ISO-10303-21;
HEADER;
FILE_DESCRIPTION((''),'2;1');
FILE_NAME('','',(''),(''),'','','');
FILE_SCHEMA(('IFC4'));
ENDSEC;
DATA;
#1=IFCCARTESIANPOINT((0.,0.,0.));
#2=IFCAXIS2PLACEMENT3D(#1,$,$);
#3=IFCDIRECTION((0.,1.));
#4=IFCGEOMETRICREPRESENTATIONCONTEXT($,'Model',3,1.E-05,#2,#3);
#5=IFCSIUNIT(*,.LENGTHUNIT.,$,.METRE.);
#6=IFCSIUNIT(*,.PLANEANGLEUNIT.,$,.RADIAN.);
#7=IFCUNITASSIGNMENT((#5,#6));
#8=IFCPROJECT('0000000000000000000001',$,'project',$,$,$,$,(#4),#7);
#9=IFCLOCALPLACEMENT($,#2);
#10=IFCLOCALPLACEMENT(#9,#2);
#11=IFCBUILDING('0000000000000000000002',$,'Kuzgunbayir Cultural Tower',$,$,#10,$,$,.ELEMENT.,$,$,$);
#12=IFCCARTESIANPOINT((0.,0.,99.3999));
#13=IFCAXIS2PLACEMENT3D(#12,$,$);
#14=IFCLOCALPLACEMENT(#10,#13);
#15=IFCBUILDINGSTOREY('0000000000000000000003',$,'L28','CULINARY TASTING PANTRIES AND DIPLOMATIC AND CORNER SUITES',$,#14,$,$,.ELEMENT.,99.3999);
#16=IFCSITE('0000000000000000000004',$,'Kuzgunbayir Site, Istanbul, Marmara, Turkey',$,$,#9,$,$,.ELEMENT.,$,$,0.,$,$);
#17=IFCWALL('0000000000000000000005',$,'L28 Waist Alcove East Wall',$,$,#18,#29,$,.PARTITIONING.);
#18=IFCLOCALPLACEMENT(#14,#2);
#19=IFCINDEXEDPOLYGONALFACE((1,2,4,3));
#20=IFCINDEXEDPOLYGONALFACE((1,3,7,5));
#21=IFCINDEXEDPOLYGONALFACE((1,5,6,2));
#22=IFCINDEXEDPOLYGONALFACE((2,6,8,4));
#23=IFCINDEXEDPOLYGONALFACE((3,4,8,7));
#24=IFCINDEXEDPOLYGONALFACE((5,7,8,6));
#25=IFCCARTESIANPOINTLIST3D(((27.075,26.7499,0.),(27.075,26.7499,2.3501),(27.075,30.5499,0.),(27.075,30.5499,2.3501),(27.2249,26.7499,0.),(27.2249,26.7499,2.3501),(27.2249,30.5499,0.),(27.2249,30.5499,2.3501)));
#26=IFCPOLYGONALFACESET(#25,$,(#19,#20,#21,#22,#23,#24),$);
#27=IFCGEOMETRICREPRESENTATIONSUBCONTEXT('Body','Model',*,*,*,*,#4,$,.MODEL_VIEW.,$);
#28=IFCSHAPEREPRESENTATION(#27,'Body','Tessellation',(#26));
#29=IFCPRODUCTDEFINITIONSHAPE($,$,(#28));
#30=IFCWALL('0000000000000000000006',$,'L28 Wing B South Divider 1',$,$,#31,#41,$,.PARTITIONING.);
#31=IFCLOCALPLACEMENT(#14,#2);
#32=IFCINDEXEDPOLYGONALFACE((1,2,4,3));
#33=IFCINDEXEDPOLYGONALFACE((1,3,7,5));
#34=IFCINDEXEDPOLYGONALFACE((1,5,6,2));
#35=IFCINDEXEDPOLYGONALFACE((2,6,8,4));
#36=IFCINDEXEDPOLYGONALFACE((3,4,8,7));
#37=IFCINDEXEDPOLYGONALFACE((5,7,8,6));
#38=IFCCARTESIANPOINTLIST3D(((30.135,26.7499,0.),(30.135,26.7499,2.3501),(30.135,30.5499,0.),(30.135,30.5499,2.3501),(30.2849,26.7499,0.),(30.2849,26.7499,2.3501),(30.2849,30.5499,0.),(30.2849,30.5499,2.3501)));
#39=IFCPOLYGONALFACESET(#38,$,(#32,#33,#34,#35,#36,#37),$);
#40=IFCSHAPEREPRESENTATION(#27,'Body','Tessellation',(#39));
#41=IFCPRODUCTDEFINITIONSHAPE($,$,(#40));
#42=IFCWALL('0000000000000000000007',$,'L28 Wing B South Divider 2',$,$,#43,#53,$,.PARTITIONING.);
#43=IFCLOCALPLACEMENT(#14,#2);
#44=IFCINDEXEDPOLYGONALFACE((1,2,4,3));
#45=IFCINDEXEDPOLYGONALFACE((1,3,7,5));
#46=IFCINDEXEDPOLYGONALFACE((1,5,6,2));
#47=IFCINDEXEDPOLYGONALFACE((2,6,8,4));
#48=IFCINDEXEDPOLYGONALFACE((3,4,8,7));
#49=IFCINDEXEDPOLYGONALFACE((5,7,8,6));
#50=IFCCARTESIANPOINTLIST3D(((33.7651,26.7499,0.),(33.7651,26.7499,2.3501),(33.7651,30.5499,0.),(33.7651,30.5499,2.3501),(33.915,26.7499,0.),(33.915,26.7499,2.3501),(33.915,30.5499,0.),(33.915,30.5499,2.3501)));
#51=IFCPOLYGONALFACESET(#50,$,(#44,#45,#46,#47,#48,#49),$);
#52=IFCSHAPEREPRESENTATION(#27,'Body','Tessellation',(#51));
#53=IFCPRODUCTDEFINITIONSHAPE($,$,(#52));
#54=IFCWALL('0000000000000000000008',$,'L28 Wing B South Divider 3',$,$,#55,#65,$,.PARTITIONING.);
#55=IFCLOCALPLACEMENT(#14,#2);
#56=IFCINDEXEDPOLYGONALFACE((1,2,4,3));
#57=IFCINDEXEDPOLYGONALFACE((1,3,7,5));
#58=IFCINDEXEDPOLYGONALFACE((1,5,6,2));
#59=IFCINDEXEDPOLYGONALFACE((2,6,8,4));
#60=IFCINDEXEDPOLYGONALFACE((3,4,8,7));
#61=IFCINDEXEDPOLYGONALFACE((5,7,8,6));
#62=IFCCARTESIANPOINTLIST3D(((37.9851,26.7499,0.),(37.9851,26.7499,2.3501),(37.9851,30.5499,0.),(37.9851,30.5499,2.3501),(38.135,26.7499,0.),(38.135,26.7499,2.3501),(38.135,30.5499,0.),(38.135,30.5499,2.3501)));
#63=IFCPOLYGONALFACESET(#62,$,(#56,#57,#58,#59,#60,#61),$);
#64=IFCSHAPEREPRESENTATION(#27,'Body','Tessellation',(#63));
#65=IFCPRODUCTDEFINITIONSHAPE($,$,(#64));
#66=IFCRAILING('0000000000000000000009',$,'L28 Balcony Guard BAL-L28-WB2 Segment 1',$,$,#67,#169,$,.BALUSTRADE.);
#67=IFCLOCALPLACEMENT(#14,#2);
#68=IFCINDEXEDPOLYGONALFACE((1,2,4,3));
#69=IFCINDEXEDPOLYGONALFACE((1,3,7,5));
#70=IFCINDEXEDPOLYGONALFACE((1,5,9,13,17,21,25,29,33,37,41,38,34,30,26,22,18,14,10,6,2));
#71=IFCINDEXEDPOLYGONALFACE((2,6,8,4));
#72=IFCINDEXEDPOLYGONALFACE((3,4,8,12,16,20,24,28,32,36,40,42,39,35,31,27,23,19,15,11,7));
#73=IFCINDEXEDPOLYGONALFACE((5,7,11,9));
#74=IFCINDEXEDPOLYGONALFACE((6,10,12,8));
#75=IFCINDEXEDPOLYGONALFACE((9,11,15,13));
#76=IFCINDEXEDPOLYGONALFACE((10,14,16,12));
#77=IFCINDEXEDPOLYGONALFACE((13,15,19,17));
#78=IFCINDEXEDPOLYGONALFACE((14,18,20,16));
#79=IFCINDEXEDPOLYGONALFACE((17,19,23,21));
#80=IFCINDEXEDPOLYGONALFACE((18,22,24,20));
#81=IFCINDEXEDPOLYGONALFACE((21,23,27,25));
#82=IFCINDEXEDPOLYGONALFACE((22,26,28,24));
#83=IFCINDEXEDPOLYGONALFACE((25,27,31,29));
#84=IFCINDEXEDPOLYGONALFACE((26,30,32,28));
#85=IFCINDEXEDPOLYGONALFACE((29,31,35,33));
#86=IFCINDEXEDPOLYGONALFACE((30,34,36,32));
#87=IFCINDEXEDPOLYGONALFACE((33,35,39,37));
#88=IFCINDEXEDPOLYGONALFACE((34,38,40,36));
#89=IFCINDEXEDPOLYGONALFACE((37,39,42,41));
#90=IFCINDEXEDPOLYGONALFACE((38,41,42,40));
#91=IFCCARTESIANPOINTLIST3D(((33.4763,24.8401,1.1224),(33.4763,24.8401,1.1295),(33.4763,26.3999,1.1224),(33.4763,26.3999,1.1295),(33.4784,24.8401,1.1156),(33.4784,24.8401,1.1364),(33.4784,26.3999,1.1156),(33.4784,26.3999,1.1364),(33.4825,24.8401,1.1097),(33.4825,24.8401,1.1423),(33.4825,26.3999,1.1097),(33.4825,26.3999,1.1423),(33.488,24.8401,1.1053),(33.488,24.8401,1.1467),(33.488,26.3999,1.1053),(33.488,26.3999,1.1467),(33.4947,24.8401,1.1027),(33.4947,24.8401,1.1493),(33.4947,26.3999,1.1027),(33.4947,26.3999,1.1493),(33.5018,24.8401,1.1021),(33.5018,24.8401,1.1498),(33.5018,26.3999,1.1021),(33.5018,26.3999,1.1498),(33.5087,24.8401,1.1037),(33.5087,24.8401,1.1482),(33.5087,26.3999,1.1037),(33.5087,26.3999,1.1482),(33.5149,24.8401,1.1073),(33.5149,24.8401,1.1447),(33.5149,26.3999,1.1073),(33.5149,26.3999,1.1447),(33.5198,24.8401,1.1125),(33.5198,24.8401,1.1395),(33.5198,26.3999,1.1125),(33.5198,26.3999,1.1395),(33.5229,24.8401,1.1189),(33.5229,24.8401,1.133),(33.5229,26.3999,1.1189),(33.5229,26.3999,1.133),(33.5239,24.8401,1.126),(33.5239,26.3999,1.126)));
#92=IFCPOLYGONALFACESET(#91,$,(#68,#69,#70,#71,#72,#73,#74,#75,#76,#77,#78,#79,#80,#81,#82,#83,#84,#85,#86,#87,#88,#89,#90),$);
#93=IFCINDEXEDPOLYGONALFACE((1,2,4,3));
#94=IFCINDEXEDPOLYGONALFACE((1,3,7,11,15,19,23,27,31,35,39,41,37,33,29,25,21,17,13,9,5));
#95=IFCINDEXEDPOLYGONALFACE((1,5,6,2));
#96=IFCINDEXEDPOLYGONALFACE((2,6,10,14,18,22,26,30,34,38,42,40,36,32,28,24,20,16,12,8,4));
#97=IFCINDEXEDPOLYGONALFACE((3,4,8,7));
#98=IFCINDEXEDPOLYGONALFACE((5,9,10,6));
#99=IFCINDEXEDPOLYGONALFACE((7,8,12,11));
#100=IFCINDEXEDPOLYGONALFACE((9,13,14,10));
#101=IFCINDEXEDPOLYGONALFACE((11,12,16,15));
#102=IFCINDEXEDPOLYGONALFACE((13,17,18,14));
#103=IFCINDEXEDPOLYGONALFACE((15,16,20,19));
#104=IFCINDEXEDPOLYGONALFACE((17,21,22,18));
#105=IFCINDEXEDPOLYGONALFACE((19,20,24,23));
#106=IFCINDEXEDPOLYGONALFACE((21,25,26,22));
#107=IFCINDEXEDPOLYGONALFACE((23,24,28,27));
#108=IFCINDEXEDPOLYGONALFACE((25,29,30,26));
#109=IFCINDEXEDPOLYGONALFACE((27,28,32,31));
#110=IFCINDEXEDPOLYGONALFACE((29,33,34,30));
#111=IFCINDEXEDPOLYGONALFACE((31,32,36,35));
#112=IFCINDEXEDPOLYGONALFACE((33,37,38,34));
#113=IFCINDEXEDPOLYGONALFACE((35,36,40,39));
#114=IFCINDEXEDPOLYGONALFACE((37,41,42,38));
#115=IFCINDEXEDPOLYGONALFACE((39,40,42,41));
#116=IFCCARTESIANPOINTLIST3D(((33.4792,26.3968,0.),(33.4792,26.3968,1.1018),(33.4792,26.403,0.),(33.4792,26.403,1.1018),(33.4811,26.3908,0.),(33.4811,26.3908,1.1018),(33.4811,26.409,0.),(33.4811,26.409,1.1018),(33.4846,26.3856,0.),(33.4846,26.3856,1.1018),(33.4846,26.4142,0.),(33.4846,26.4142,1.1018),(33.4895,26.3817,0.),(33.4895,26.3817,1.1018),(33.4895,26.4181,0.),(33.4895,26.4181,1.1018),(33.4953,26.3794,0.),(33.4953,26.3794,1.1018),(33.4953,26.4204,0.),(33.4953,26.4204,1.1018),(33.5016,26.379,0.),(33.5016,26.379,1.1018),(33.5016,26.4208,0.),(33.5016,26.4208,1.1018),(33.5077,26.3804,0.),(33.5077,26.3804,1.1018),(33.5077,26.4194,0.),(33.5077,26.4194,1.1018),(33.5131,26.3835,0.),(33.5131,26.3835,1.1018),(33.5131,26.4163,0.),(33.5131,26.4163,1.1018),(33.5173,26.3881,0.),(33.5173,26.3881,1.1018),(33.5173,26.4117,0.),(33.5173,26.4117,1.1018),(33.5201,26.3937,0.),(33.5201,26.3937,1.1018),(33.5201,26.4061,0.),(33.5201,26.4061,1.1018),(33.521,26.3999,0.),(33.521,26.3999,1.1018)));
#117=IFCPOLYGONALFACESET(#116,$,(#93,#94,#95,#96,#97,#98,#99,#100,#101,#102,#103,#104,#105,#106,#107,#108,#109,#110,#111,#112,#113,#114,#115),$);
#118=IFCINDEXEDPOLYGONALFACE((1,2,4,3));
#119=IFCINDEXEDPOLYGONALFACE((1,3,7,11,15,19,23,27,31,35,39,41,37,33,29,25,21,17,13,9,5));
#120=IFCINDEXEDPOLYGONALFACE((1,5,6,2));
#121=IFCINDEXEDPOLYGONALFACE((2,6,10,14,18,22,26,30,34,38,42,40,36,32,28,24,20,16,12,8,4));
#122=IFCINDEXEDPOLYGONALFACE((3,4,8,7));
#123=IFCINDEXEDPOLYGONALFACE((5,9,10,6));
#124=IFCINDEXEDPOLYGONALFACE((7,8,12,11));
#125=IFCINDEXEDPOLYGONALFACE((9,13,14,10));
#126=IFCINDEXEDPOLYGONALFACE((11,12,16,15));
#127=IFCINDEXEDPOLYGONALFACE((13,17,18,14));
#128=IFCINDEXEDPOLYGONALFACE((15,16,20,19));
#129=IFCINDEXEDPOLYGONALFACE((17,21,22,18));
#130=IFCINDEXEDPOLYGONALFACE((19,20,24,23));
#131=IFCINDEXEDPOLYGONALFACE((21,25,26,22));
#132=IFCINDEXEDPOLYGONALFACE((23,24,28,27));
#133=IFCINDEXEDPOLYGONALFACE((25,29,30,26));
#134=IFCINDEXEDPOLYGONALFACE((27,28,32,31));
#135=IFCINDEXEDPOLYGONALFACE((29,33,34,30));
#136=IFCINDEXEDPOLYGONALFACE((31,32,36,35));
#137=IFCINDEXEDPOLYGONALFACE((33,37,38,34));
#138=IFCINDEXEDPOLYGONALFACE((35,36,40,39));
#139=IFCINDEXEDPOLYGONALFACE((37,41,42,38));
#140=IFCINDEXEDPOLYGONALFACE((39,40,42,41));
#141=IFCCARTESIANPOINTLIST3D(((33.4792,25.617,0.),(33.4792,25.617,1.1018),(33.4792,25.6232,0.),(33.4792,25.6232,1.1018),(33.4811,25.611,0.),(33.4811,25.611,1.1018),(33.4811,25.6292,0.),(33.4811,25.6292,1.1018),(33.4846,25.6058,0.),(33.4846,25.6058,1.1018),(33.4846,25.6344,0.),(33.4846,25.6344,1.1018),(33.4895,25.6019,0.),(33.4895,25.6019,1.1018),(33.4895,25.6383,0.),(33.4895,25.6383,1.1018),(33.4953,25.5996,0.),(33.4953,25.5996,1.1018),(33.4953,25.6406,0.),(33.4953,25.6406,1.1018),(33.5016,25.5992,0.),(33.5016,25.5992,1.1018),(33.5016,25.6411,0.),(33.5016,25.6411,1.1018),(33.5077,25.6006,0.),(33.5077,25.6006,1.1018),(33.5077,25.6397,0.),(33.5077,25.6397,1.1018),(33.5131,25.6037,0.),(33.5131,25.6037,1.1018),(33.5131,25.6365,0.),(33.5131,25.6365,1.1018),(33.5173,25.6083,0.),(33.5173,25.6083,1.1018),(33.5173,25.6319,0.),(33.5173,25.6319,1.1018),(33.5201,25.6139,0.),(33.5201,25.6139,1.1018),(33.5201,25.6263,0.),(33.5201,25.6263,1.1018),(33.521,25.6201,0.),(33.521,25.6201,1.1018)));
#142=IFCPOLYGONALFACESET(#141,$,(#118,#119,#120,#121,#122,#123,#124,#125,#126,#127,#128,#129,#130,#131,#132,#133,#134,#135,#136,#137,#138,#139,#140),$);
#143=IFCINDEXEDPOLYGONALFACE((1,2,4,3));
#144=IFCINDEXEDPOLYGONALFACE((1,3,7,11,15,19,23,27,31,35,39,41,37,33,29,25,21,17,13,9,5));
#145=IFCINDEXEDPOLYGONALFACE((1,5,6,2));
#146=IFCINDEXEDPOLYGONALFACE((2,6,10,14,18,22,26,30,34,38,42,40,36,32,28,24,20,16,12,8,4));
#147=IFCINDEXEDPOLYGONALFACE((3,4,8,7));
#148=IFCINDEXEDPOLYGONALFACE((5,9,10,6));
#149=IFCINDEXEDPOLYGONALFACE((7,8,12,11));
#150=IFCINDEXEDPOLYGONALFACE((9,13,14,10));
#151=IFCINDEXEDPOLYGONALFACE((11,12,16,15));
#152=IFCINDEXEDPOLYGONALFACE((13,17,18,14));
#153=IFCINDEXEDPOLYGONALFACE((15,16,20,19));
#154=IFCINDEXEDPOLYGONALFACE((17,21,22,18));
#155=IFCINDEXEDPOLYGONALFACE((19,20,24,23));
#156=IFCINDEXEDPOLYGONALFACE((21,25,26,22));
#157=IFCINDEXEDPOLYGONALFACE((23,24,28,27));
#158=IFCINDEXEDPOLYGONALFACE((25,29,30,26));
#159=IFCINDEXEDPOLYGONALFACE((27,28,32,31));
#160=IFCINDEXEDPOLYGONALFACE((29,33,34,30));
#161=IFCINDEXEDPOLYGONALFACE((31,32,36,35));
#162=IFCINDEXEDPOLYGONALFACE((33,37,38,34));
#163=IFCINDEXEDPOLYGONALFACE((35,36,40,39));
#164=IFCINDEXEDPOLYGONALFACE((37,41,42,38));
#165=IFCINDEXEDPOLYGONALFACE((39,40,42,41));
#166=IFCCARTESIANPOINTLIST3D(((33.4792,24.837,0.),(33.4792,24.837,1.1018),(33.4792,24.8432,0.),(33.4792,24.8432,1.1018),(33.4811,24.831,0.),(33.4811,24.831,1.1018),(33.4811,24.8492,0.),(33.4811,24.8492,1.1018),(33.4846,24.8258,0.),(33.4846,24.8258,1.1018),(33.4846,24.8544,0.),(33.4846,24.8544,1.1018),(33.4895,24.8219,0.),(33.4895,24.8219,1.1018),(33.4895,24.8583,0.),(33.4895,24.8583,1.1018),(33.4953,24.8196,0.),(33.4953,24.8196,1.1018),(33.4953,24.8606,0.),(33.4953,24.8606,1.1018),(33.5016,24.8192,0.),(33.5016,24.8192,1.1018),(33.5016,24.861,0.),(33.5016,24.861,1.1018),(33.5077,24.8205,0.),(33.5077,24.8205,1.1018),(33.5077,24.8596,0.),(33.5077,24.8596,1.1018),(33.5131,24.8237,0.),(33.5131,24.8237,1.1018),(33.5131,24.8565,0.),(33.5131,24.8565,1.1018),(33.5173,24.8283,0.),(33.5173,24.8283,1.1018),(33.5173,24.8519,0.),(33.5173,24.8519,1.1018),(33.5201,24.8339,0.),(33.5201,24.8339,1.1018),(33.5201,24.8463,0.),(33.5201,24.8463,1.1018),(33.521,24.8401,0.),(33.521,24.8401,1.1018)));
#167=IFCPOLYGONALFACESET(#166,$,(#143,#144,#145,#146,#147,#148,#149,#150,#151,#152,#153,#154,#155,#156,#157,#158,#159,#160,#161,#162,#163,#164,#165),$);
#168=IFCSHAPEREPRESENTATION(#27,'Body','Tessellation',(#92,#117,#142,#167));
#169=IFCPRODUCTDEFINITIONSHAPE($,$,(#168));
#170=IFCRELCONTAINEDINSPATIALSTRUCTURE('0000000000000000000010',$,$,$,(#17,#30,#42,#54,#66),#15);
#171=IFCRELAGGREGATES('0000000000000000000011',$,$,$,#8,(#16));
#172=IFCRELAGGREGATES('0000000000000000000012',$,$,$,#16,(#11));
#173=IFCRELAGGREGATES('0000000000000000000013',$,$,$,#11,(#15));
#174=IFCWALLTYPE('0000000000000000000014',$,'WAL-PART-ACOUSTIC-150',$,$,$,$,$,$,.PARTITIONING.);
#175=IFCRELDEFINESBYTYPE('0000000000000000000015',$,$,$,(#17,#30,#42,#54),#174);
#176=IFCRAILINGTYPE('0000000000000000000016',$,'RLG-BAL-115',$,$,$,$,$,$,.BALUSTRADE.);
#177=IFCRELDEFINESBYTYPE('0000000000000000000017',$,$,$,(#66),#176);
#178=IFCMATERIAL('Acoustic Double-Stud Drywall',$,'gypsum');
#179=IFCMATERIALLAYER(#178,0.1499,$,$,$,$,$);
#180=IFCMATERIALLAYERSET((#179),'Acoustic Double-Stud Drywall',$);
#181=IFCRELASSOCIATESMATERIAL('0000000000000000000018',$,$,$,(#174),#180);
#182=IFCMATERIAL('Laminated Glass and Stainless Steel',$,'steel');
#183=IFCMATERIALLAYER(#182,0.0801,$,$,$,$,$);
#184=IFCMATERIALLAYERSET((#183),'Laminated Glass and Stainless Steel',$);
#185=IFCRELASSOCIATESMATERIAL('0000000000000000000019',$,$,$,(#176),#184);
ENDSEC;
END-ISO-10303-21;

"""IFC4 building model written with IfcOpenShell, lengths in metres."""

from ifc_helpers import new_model, si_unit, direction, frame, frame_2d, origin, origin_2d, place, context, subcontext, project, spatial, rectangle, circle, extrude, material, layer, layer_set, type_object, element, save


model = new_model("IFC4")

# Units and contexts
model_context = context("Model", 3, precision=1e-05, world=origin(), true_north=direction((0.0, 1.0)))
body_context = subcontext(model_context, "Body", "Model", "MODEL_VIEW")
ifc_project = project(units=[si_unit("LENGTHUNIT", "METRE"), si_unit("PLANEANGLEUNIT", "RADIAN")], contexts=[model_context])

# Site, building, storey
site_placement = place(None, origin())
site = spatial("IfcSite", under=ifc_project, at=site_placement, Name="Kuzgunbayir Site, Istanbul, Marmara, Turkey", CompositionType="ELEMENT", RefElevation=0.0)
building_placement = place(site_placement, origin())
building = spatial("IfcBuilding", under=site, at=building_placement, Name="Kuzgunbayir Cultural Tower", CompositionType="ELEMENT")
storey_placement = place(building_placement, frame((0.0, 0.0, 99.3999)))
storey = spatial("IfcBuildingStorey", under=building, at=storey_placement, Name="L28", Description="CULINARY TASTING PANTRIES AND DIPLOMATIC AND CORNER SUITES", CompositionType="ELEMENT", Elevation=99.3999)

# Walls
ifc_material_1 = material(Name="Acoustic Double-Stud Drywall", Category="gypsum")
ifc_layer_1 = layer(ifc_material_1, 0.1499)
ifc_layer_set_1 = layer_set([ifc_layer_1], Name="Acoustic Double-Stud Drywall")
wall_type = type_object("IfcWallType", Name="WAL-PART-ACOUSTIC-150", PredefinedType="PARTITIONING", material=ifc_layer_set_1)
for number, where, z_axis, x_axis, name in (
    (1, (27.1499, 26.75, 0.0), (0.0, 0.0, 1.0), (0.0, 1.0, 0.0), "L28 Waist Alcove East Wall"),
    (2, (30.21, 26.75, 0.0), (0.0, 0.0, 1.0), (0.0, 1.0, 0.0), "L28 Wing B South Divider 1"),
    (3, (33.8401, 26.75, 0.0), (0.0, 0.0, 1.0), (0.0, 1.0, 0.0), "L28 Wing B South Divider 2"),
    (4, (38.0601, 26.75, 0.0), (0.0, 0.0, 1.0), (0.0, 1.0, 0.0), "L28 Wing B South Divider 3"),
):
    element("IfcWall", number, at=place(storey_placement, frame(where, z_axis=z_axis, x_axis=x_axis)), inside=storey, type_object=wall_type, Name=name, PredefinedType="PARTITIONING", context=body_context, shape_type="SweptSolid", body=[
        extrude(rectangle(XDim=3.8, YDim=0.1499, at=frame_2d((1.8999, 0.0))), origin(), (0.0, 0.0, 1.0), 2.3501),
    ])

# Railing
ifc_material_2 = material(Name="Laminated Glass and Stainless Steel", Category="steel")
ifc_layer_2 = layer(ifc_material_2, 0.0801)
ifc_layer_set_2 = layer_set([ifc_layer_2], Name="Laminated Glass and Stainless Steel")
railing_type = type_object("IfcRailingType", Name="RLG-BAL-115", PredefinedType="BALUSTRADE", material=ifc_layer_set_2)
railing_1_placement = place(storey_placement, frame((33.5, 26.3999, 0.0)))
element("IfcRailing", 5, at=railing_1_placement, inside=storey, type_object=railing_type, Name="L28 Balcony Guard BAL-L28-WB2 Segment 1", PredefinedType="BALUSTRADE", context=body_context, shape_type="SweptSolid", body=[
    extrude(circle(Radius=0.0239, at=origin_2d()), frame((0.0, 0.0, 1.126), z_axis=(0.0, -1.0, 0.0), x_axis=(1.0, 0.0, 0.0)), (0.0, 0.0, 1.0), 1.5598),
    extrude(circle(Radius=0.021, at=origin_2d()), origin(), (0.0, 0.0, 1.0), 1.1018),
    extrude(circle(Radius=0.021, at=origin_2d()), frame((0.0, -0.7798, 0.0)), (0.0, 0.0, 1.0), 1.1018),
    extrude(circle(Radius=0.021, at=origin_2d()), frame((0.0, -1.5598, 0.0)), (0.0, 0.0, 1.0), 1.1018),
])

save(model, "model.ifc")
